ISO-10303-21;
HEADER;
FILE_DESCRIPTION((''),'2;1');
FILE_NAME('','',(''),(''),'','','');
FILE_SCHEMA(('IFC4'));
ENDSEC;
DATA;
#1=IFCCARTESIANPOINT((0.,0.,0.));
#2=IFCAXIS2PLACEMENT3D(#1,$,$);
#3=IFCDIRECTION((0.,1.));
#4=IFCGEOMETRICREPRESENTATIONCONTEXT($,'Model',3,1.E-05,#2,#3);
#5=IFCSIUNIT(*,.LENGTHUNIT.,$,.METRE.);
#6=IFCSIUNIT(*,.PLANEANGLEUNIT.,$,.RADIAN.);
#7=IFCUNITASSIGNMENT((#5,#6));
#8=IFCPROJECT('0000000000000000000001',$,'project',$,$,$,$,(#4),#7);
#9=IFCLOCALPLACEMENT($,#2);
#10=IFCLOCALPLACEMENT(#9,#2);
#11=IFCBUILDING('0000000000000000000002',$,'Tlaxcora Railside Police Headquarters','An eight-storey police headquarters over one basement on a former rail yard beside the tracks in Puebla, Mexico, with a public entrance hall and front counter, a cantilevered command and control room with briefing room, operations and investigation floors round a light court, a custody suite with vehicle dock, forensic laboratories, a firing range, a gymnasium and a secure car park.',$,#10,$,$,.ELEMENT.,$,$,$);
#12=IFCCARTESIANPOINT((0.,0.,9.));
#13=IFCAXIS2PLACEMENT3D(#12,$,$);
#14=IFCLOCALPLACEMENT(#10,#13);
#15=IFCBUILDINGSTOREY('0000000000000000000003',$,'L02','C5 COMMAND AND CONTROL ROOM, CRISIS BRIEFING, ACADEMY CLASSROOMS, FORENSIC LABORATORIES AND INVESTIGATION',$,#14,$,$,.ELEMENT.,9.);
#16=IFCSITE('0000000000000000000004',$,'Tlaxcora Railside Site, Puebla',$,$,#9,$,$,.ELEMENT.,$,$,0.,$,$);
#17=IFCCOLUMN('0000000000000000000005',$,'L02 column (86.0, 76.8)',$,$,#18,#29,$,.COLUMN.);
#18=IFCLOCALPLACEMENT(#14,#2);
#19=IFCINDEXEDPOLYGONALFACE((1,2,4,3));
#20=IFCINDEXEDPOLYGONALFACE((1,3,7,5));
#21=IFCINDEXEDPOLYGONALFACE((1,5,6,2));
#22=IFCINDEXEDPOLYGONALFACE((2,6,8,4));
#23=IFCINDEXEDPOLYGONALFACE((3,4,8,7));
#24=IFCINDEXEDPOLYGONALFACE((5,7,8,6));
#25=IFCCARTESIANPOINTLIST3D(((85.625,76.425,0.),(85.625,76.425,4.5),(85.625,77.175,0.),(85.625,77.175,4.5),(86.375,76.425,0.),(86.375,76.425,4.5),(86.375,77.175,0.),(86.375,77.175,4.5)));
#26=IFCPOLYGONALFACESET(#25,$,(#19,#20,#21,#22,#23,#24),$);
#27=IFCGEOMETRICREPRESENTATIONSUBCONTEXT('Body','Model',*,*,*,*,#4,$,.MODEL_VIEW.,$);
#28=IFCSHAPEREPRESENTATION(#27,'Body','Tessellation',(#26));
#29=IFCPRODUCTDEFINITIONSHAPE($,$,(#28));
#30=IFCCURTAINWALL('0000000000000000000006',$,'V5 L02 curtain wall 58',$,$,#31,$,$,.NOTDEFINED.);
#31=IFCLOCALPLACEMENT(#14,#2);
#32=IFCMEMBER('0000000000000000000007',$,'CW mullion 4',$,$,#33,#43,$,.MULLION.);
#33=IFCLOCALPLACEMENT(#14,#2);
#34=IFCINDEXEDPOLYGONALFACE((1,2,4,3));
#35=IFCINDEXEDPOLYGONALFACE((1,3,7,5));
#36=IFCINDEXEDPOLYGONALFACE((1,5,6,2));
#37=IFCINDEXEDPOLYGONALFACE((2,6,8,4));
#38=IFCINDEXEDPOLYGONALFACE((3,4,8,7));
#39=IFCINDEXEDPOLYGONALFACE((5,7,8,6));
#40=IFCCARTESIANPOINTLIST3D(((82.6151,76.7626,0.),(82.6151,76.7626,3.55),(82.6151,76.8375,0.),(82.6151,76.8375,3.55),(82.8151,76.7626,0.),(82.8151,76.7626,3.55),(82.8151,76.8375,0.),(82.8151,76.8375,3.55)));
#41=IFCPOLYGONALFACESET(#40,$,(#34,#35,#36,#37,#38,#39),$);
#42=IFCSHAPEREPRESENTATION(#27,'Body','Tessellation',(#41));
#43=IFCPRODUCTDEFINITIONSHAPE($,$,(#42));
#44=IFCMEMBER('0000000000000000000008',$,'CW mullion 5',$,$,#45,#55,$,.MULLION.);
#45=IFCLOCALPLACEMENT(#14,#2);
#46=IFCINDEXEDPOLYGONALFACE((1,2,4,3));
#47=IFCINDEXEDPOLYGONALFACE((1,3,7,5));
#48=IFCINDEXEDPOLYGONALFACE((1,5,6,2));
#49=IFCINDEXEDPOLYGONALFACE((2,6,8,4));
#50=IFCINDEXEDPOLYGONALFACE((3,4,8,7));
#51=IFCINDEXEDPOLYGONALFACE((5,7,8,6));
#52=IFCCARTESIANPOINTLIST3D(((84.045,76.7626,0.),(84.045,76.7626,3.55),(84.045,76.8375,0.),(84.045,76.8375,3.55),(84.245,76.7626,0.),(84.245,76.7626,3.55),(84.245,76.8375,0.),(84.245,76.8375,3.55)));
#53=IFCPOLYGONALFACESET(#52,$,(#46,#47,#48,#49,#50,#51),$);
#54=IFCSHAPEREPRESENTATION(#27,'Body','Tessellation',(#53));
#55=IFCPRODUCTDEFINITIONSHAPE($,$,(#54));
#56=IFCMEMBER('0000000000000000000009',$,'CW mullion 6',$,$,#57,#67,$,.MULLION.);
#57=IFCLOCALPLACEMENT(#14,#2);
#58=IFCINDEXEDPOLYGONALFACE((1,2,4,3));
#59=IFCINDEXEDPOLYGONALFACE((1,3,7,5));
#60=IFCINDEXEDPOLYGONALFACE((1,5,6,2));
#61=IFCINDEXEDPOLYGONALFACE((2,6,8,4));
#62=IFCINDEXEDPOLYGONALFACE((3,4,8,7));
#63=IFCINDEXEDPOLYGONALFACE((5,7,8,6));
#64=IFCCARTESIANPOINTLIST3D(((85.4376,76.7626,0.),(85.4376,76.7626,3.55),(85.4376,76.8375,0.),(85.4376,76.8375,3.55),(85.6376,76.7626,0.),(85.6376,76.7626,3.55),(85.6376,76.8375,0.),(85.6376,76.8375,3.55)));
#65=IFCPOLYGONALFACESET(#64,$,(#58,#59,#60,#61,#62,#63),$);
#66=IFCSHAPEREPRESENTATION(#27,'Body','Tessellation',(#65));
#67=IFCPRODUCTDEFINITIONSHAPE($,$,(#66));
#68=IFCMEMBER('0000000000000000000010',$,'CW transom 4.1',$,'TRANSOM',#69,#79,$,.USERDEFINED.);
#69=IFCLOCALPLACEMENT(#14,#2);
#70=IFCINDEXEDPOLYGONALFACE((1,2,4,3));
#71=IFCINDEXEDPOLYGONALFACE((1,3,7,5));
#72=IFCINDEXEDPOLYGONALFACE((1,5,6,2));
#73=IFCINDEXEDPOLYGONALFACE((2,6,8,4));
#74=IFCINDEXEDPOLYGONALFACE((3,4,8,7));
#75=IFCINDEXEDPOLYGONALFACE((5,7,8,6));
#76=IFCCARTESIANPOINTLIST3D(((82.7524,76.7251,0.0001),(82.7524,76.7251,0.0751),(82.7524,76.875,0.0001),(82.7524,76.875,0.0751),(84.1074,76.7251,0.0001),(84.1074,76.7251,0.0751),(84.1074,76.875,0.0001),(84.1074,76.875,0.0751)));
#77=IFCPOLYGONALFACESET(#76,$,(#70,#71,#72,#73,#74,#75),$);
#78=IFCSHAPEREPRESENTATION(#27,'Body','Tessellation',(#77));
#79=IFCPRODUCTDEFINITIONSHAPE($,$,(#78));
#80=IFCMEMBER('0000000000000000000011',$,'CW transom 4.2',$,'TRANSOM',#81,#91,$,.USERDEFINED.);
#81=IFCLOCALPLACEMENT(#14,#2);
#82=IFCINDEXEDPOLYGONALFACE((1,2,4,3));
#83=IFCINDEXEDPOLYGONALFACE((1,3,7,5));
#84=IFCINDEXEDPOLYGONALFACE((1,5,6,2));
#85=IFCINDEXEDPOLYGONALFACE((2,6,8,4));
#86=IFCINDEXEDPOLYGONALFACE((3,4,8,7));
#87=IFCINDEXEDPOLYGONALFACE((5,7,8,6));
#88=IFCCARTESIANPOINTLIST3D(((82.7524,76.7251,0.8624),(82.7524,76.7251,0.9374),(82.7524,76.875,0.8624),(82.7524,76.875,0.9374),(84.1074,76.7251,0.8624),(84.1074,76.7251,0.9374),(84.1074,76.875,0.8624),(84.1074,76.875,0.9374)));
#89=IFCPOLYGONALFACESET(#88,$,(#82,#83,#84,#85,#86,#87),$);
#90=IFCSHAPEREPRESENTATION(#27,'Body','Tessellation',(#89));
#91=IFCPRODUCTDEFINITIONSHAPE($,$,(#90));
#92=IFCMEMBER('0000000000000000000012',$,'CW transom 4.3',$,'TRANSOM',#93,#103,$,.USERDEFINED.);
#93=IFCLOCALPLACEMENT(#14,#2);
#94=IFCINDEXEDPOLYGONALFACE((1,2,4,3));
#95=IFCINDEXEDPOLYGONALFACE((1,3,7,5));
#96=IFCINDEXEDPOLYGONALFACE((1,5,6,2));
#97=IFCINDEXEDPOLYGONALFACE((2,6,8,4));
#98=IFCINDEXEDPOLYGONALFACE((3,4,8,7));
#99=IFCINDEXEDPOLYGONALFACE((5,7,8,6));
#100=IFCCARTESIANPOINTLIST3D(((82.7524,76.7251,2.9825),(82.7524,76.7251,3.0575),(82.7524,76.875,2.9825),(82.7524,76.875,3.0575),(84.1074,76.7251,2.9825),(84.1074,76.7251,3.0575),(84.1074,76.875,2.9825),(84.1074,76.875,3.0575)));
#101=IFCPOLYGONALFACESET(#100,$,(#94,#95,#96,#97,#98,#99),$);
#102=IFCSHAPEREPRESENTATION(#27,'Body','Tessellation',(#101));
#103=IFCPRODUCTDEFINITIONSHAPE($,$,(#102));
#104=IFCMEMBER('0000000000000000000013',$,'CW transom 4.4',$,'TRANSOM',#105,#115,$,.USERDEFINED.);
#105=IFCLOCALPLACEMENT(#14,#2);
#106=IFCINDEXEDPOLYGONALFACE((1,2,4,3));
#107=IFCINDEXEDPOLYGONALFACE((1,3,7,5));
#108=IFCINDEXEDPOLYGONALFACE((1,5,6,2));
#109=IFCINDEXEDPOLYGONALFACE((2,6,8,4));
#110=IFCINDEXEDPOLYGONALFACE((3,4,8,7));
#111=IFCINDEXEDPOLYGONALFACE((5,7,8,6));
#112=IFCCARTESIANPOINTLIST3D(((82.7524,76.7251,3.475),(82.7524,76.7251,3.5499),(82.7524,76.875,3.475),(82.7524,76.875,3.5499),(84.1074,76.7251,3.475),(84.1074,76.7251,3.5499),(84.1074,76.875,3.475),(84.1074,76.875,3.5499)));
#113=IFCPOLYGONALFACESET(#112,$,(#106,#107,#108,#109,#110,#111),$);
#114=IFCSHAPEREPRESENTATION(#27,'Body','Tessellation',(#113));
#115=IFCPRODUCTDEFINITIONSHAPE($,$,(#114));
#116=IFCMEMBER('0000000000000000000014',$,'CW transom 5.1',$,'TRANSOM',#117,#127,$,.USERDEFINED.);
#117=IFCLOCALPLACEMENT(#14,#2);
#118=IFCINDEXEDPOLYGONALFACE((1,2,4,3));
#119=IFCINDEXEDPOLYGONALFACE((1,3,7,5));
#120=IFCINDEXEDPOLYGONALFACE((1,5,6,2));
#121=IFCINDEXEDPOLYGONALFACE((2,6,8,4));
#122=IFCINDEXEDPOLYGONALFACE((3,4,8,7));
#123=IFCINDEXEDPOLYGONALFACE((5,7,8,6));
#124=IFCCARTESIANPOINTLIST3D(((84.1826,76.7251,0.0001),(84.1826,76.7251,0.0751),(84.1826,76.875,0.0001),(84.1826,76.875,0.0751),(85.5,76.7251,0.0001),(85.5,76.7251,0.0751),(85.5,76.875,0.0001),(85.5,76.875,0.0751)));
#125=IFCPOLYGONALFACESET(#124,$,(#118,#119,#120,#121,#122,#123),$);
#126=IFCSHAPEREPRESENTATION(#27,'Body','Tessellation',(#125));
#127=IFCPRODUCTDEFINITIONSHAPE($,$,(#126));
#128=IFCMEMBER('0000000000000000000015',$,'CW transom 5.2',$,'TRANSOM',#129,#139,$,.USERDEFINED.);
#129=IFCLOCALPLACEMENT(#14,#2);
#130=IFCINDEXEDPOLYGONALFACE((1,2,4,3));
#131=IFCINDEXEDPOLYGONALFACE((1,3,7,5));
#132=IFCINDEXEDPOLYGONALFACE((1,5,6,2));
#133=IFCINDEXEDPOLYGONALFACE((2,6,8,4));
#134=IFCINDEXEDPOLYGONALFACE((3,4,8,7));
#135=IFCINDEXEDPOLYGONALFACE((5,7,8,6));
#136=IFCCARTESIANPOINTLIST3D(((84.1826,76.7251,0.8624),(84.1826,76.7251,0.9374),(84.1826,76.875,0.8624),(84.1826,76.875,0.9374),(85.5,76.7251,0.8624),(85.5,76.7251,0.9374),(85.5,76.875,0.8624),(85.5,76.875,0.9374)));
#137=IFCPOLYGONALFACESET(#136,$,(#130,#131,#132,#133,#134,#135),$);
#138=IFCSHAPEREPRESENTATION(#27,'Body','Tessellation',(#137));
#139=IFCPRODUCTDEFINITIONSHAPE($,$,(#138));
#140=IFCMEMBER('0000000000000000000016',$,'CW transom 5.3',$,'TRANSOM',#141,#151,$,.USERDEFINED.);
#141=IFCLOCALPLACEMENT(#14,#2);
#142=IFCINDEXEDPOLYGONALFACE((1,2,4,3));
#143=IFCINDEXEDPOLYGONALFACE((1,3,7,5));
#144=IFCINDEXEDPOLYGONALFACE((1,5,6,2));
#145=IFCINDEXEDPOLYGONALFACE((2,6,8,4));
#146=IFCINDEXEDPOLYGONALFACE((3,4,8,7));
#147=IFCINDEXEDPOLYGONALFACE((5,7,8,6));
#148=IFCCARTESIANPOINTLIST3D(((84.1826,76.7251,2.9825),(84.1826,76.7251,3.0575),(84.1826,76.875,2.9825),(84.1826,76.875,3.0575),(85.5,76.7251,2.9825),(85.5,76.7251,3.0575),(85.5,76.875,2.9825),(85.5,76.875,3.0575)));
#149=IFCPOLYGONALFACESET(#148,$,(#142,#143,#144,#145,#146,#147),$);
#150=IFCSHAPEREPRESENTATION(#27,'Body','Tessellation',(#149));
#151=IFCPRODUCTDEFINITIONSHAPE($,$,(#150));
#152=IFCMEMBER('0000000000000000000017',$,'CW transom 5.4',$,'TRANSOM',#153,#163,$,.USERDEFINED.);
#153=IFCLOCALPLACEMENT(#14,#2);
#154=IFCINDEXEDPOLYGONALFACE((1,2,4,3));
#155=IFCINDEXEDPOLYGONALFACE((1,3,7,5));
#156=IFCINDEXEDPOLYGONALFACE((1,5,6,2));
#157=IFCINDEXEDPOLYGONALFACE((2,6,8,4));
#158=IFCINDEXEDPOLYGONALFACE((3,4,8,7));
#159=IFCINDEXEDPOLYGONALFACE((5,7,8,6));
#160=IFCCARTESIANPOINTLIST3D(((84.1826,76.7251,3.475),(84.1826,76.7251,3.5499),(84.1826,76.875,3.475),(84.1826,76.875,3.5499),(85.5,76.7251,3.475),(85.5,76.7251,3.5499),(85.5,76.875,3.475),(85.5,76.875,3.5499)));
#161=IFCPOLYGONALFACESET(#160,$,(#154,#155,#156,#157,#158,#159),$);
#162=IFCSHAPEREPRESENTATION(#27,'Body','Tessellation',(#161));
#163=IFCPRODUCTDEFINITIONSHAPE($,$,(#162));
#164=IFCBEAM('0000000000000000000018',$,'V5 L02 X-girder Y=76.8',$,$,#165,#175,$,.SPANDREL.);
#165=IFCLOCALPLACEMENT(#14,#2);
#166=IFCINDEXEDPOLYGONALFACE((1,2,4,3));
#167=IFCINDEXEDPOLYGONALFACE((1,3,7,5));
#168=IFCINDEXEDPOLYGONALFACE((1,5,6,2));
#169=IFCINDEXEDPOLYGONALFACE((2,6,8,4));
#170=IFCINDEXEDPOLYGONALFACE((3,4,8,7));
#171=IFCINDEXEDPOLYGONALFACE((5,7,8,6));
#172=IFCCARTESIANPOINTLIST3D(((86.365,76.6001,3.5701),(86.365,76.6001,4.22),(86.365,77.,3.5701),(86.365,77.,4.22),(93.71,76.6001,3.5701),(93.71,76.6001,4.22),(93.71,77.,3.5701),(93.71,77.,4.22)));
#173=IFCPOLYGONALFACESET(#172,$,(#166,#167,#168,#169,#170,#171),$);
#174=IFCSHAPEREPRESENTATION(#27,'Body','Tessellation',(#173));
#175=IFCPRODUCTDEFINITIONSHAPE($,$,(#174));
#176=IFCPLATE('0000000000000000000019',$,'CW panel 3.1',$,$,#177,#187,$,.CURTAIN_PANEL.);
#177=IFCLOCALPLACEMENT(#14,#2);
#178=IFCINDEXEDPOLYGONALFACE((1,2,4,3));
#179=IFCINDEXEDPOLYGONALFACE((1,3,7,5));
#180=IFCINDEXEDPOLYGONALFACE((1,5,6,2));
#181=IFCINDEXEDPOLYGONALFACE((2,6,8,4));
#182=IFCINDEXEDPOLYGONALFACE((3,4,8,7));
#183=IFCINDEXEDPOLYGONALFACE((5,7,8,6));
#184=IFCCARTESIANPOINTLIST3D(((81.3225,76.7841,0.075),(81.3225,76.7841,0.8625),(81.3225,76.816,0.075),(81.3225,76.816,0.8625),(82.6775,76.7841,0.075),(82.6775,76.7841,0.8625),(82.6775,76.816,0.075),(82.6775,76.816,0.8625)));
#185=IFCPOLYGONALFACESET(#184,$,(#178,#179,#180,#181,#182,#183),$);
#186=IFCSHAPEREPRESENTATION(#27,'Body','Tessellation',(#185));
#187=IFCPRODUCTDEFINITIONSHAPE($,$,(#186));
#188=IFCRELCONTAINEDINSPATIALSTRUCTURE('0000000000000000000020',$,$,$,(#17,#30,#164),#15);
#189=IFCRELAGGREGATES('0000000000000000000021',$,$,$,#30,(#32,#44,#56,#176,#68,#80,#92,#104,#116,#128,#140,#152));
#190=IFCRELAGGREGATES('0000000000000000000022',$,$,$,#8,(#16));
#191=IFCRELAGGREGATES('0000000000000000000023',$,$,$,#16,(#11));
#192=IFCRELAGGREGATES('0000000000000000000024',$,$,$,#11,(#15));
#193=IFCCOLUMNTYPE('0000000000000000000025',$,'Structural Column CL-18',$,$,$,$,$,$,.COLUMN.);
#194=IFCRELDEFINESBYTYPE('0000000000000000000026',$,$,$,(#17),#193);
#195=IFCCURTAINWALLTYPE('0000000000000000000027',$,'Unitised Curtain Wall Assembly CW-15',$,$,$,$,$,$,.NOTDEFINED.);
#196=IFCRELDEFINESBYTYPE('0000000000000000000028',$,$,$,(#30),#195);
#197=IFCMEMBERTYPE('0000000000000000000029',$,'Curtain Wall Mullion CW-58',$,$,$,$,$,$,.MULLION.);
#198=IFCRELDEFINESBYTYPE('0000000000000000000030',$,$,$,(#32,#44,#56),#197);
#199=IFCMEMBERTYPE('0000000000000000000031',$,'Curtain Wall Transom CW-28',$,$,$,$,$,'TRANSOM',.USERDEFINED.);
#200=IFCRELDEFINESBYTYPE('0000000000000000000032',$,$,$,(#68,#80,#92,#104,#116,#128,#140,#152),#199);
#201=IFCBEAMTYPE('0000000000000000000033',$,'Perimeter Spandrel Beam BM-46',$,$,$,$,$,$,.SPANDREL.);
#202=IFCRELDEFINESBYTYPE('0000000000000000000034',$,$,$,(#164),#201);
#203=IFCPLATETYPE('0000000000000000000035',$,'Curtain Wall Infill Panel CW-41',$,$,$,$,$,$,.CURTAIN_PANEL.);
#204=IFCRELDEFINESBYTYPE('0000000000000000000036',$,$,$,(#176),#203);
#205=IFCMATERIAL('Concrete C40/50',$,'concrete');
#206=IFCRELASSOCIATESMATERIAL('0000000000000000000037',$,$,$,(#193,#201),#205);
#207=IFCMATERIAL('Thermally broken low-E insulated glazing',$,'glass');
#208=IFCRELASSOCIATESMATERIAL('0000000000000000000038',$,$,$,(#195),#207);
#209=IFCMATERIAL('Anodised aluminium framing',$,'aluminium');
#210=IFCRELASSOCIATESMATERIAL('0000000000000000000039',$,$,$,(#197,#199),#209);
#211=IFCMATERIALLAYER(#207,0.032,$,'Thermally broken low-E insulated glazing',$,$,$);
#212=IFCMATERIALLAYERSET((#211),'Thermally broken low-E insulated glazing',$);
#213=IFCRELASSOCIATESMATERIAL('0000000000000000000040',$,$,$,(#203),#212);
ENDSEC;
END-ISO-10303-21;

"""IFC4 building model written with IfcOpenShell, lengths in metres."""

from ifc_helpers import new_model, si_unit, direction, frame, origin, origin_2d, place, context, subcontext, project, spatial, rectangle, extrude, material, layer, layer_set, material_profile, profile_set, type_object, element, aggregate, save


model = new_model("IFC4")

# Units and contexts
model_context = context("Model", 3, precision=1e-05, world=origin(), true_north=direction((0.0, 1.0)))
body_context = subcontext(model_context, "Body", "Model", "MODEL_VIEW")
ifc_project = project(units=[si_unit("LENGTHUNIT", "METRE"), si_unit("PLANEANGLEUNIT", "RADIAN")], contexts=[model_context])

# Site, building, storey
site_placement = place(None, origin())
site = spatial("IfcSite", under=ifc_project, at=site_placement, Name="Tlaxcora Railside Site, Puebla", CompositionType="ELEMENT", RefElevation=0.0)
building_placement = place(site_placement, origin())
building = spatial("IfcBuilding", under=site, at=building_placement, Name="Tlaxcora Railside Police Headquarters", Description="An eight-storey police headquarters over one basement on a former rail yard beside the tracks in Puebla, Mexico, with a public entrance hall and front counter, a cantilevered command and control room with briefing room, operations and investigation floors round a light court, a custody suite with vehicle dock, forensic laboratories, a firing range, a gymnasium and a secure car park.", CompositionType="ELEMENT")
storey_placement = place(building_placement, frame((0.0, 0.0, 9.0)))
storey = spatial("IfcBuildingStorey", under=building, at=storey_placement, Name="L02", Description="C5 COMMAND AND CONTROL ROOM, CRISIS BRIEFING, ACADEMY CLASSROOMS, FORENSIC LABORATORIES AND INVESTIGATION", CompositionType="ELEMENT", Elevation=9.0)

# Column
ifc_material_1 = material(Name="Concrete C40/50", Category="concrete")
ifc_material_profile_1 = material_profile(ifc_material_1, rectangle(XDim=0.75, YDim=0.75, at=origin_2d()), Name="RC750X750")
ifc_profile_set_1 = profile_set([ifc_material_profile_1], Name="Concrete C40/50")
column_type = type_object("IfcColumnType", Name="Structural Column CL-18", PredefinedType="COLUMN", material=ifc_profile_set_1)
column_placement = place(storey_placement, frame((86.0, 76.8, 0.0), z_axis=(0.0, 0.0, 1.0), x_axis=(1.0, 0.0, 0.0)))
element("IfcColumn", 1, at=column_placement, inside=storey, type_object=column_type, Name="L02 column (86.0, 76.8)", PredefinedType="COLUMN", context=body_context, shape_type="SweptSolid", body=[
    extrude(rectangle(XDim=0.75, YDim=0.75, at=origin_2d()), origin(), (0.0, 0.0, 1.0), 4.5),
])

# Curtain wall, members
ifc_material_2 = material(Name="Thermally broken low-E insulated glazing", Category="glass")
curtain_wall_type = type_object("IfcCurtainWallType", Name="Unitised Curtain Wall Assembly CW-15", PredefinedType="NOTDEFINED", material=ifc_material_2)
curtain_wall_placement = place(storey_placement, origin())
curtain_wall = element("IfcCurtainWall", 2, at=curtain_wall_placement, inside=storey, type_object=curtain_wall_type, Name="V5 L02 curtain wall 58", PredefinedType="NOTDEFINED")
ifc_material_3 = material(Name="Anodised aluminium framing", Category="aluminium")
ifc_material_profile_2 = material_profile(ifc_material_3, rectangle(XDim=0.075, YDim=0.2, at=origin_2d()), Name="AL75X200")
ifc_profile_set_2 = profile_set([ifc_material_profile_2], Name="Anodised aluminium framing")
member_type_1 = type_object("IfcMemberType", Name="Curtain Wall Mullion CW-58", PredefinedType="MULLION", material=ifc_profile_set_2)
member_1_placement = place(storey_placement, frame((82.7151, 76.8, 0.0), z_axis=(0.0, 0.0, 1.0), x_axis=(0.0, 1.0, 0.0)))
member_1 = element("IfcMember", 3, at=member_1_placement, type_object=member_type_1, Name="CW mullion 4", PredefinedType="MULLION", context=body_context, shape_type="SweptSolid", body=[
    extrude(rectangle(XDim=0.075, YDim=0.2, at=origin_2d()), origin(), (0.0, 0.0, 1.0), 3.55),
])
member_2_placement = place(storey_placement, frame((84.145, 76.8, 0.0), z_axis=(0.0, 0.0, 1.0), x_axis=(0.0, 1.0, 0.0)))
member_2 = element("IfcMember", 4, at=member_2_placement, type_object=member_type_1, Name="CW mullion 5", PredefinedType="MULLION", context=body_context, shape_type="SweptSolid", body=[
    extrude(rectangle(XDim=0.075, YDim=0.2, at=origin_2d()), origin(), (0.0, 0.0, 1.0), 3.55),
])
member_3_placement = place(storey_placement, frame((85.5376, 76.8, 0.0), z_axis=(0.0, 0.0, 1.0), x_axis=(0.0, 1.0, 0.0)))
member_3 = element("IfcMember", 5, at=member_3_placement, type_object=member_type_1, Name="CW mullion 6", PredefinedType="MULLION", context=body_context, shape_type="SweptSolid", body=[
    extrude(rectangle(XDim=0.075, YDim=0.2, at=origin_2d()), origin(), (0.0, 0.0, 1.0), 3.55),
])
ifc_material_profile_3 = material_profile(ifc_material_3, rectangle(XDim=0.1499, YDim=0.075, at=origin_2d()), Name="AL75X150")
ifc_profile_set_3 = profile_set([ifc_material_profile_3], Name="Anodised aluminium framing")
member_type_2 = type_object("IfcMemberType", Name="Curtain Wall Transom CW-28", ElementType="TRANSOM", PredefinedType="USERDEFINED", material=ifc_profile_set_3)
member_4_placement = place(storey_placement, frame((82.7524, 76.8, 0.0376), z_axis=(1.0, 0.0, 0.0), x_axis=(0.0, 1.0, 0.0)))
member_4 = element("IfcMember", 6, at=member_4_placement, type_object=member_type_2, Name="CW transom 4.1", ObjectType="TRANSOM", PredefinedType="USERDEFINED", context=body_context, shape_type="SweptSolid", body=[
    extrude(rectangle(XDim=0.1499, YDim=0.075, at=origin_2d()), origin(), (0.0, 0.0, 1.0), 1.355),
])
member_5_placement = place(storey_placement, frame((82.7524, 76.8, 0.8999), z_axis=(1.0, 0.0, 0.0), x_axis=(0.0, 1.0, 0.0)))
member_5 = element("IfcMember", 7, at=member_5_placement, type_object=member_type_2, Name="CW transom 4.2", ObjectType="TRANSOM", PredefinedType="USERDEFINED", context=body_context, shape_type="SweptSolid", body=[
    extrude(rectangle(XDim=0.1499, YDim=0.075, at=origin_2d()), origin(), (0.0, 0.0, 1.0), 1.355),
])
member_6_placement = place(storey_placement, frame((82.7524, 76.8, 3.02), z_axis=(1.0, 0.0, 0.0), x_axis=(0.0, 1.0, 0.0)))
member_6 = element("IfcMember", 8, at=member_6_placement, type_object=member_type_2, Name="CW transom 4.3", ObjectType="TRANSOM", PredefinedType="USERDEFINED", context=body_context, shape_type="SweptSolid", body=[
    extrude(rectangle(XDim=0.1499, YDim=0.075, at=origin_2d()), origin(), (0.0, 0.0, 1.0), 1.355),
])
member_7_placement = place(storey_placement, frame((82.7524, 76.8, 3.5125), z_axis=(1.0, 0.0, 0.0), x_axis=(0.0, 1.0, 0.0)))
member_7 = element("IfcMember", 9, at=member_7_placement, type_object=member_type_2, Name="CW transom 4.4", ObjectType="TRANSOM", PredefinedType="USERDEFINED", context=body_context, shape_type="SweptSolid", body=[
    extrude(rectangle(XDim=0.1499, YDim=0.075, at=origin_2d()), origin(), (0.0, 0.0, 1.0), 1.355),
])
member_8_placement = place(storey_placement, frame((84.1826, 76.8, 0.0376), z_axis=(1.0, 0.0, 0.0), x_axis=(0.0, 1.0, 0.0)))
member_8 = element("IfcMember", 10, at=member_8_placement, type_object=member_type_2, Name="CW transom 5.1", ObjectType="TRANSOM", PredefinedType="USERDEFINED", context=body_context, shape_type="SweptSolid", body=[
    extrude(rectangle(XDim=0.1499, YDim=0.075, at=origin_2d()), origin(), (0.0, 0.0, 1.0), 1.3174),
])
member_9_placement = place(storey_placement, frame((84.1826, 76.8, 0.8999), z_axis=(1.0, 0.0, 0.0), x_axis=(0.0, 1.0, 0.0)))
member_9 = element("IfcMember", 11, at=member_9_placement, type_object=member_type_2, Name="CW transom 5.2", ObjectType="TRANSOM", PredefinedType="USERDEFINED", context=body_context, shape_type="SweptSolid", body=[
    extrude(rectangle(XDim=0.1499, YDim=0.075, at=origin_2d()), origin(), (0.0, 0.0, 1.0), 1.3174),
])
member_10_placement = place(storey_placement, frame((84.1826, 76.8, 3.02), z_axis=(1.0, 0.0, 0.0), x_axis=(0.0, 1.0, 0.0)))
member_10 = element("IfcMember", 12, at=member_10_placement, type_object=member_type_2, Name="CW transom 5.3", ObjectType="TRANSOM", PredefinedType="USERDEFINED", context=body_context, shape_type="SweptSolid", body=[
    extrude(rectangle(XDim=0.1499, YDim=0.075, at=origin_2d()), origin(), (0.0, 0.0, 1.0), 1.3174),
])
member_11_placement = place(storey_placement, frame((84.1826, 76.8, 3.5125), z_axis=(1.0, 0.0, 0.0), x_axis=(0.0, 1.0, 0.0)))
member_11 = element("IfcMember", 13, at=member_11_placement, type_object=member_type_2, Name="CW transom 5.4", ObjectType="TRANSOM", PredefinedType="USERDEFINED", context=body_context, shape_type="SweptSolid", body=[
    extrude(rectangle(XDim=0.1499, YDim=0.075, at=origin_2d()), origin(), (0.0, 0.0, 1.0), 1.3174),
])

# Beam
ifc_material_profile_4 = material_profile(ifc_material_1, rectangle(XDim=0.3999, YDim=0.6499, at=origin_2d()), Name="RC400X650")
ifc_profile_set_4 = profile_set([ifc_material_profile_4], Name="Concrete C40/50")
beam_type = type_object("IfcBeamType", Name="Perimeter Spandrel Beam BM-46", PredefinedType="SPANDREL", material=ifc_profile_set_4)
beam_placement = place(storey_placement, frame((86.365, 76.8, 3.895), z_axis=(1.0, 0.0, 0.0), x_axis=(0.0, 1.0, 0.0)))
element("IfcBeam", 14, at=beam_placement, inside=storey, type_object=beam_type, Name="V5 L02 X-girder Y=76.8", PredefinedType="SPANDREL", context=body_context, shape_type="SweptSolid", body=[
    extrude(rectangle(XDim=0.3999, YDim=0.6499, at=origin_2d()), origin(), (0.0, 0.0, 1.0), 7.345),
])

# Plate
ifc_layer = layer(ifc_material_2, 0.032, Name="Thermally broken low-E insulated glazing")
ifc_layer_set = layer_set([ifc_layer], Name="Thermally broken low-E insulated glazing")
plate_type = type_object("IfcPlateType", Name="Curtain Wall Infill Panel CW-41", PredefinedType="CURTAIN_PANEL", material=ifc_layer_set)
plate_1_placement = place(storey_placement, frame((82.0, 76.8, 0.075), z_axis=(0.0, 0.0, 1.0), x_axis=(1.0, 0.0, 0.0)))
plate_1 = element("IfcPlate", 15, at=plate_1_placement, type_object=plate_type, Name="CW panel 3.1", PredefinedType="CURTAIN_PANEL", context=body_context, shape_type="SweptSolid", body=[
    extrude(rectangle(XDim=1.355, YDim=0.032, at=origin_2d()), origin(), (0.0, 0.0, 1.0), 0.7876),
])
aggregate(curtain_wall, [member_1, member_2, member_3, plate_1, member_4, member_5, member_6, member_7, member_8, member_9, member_10, member_11])

save(model, "model.ifc")
